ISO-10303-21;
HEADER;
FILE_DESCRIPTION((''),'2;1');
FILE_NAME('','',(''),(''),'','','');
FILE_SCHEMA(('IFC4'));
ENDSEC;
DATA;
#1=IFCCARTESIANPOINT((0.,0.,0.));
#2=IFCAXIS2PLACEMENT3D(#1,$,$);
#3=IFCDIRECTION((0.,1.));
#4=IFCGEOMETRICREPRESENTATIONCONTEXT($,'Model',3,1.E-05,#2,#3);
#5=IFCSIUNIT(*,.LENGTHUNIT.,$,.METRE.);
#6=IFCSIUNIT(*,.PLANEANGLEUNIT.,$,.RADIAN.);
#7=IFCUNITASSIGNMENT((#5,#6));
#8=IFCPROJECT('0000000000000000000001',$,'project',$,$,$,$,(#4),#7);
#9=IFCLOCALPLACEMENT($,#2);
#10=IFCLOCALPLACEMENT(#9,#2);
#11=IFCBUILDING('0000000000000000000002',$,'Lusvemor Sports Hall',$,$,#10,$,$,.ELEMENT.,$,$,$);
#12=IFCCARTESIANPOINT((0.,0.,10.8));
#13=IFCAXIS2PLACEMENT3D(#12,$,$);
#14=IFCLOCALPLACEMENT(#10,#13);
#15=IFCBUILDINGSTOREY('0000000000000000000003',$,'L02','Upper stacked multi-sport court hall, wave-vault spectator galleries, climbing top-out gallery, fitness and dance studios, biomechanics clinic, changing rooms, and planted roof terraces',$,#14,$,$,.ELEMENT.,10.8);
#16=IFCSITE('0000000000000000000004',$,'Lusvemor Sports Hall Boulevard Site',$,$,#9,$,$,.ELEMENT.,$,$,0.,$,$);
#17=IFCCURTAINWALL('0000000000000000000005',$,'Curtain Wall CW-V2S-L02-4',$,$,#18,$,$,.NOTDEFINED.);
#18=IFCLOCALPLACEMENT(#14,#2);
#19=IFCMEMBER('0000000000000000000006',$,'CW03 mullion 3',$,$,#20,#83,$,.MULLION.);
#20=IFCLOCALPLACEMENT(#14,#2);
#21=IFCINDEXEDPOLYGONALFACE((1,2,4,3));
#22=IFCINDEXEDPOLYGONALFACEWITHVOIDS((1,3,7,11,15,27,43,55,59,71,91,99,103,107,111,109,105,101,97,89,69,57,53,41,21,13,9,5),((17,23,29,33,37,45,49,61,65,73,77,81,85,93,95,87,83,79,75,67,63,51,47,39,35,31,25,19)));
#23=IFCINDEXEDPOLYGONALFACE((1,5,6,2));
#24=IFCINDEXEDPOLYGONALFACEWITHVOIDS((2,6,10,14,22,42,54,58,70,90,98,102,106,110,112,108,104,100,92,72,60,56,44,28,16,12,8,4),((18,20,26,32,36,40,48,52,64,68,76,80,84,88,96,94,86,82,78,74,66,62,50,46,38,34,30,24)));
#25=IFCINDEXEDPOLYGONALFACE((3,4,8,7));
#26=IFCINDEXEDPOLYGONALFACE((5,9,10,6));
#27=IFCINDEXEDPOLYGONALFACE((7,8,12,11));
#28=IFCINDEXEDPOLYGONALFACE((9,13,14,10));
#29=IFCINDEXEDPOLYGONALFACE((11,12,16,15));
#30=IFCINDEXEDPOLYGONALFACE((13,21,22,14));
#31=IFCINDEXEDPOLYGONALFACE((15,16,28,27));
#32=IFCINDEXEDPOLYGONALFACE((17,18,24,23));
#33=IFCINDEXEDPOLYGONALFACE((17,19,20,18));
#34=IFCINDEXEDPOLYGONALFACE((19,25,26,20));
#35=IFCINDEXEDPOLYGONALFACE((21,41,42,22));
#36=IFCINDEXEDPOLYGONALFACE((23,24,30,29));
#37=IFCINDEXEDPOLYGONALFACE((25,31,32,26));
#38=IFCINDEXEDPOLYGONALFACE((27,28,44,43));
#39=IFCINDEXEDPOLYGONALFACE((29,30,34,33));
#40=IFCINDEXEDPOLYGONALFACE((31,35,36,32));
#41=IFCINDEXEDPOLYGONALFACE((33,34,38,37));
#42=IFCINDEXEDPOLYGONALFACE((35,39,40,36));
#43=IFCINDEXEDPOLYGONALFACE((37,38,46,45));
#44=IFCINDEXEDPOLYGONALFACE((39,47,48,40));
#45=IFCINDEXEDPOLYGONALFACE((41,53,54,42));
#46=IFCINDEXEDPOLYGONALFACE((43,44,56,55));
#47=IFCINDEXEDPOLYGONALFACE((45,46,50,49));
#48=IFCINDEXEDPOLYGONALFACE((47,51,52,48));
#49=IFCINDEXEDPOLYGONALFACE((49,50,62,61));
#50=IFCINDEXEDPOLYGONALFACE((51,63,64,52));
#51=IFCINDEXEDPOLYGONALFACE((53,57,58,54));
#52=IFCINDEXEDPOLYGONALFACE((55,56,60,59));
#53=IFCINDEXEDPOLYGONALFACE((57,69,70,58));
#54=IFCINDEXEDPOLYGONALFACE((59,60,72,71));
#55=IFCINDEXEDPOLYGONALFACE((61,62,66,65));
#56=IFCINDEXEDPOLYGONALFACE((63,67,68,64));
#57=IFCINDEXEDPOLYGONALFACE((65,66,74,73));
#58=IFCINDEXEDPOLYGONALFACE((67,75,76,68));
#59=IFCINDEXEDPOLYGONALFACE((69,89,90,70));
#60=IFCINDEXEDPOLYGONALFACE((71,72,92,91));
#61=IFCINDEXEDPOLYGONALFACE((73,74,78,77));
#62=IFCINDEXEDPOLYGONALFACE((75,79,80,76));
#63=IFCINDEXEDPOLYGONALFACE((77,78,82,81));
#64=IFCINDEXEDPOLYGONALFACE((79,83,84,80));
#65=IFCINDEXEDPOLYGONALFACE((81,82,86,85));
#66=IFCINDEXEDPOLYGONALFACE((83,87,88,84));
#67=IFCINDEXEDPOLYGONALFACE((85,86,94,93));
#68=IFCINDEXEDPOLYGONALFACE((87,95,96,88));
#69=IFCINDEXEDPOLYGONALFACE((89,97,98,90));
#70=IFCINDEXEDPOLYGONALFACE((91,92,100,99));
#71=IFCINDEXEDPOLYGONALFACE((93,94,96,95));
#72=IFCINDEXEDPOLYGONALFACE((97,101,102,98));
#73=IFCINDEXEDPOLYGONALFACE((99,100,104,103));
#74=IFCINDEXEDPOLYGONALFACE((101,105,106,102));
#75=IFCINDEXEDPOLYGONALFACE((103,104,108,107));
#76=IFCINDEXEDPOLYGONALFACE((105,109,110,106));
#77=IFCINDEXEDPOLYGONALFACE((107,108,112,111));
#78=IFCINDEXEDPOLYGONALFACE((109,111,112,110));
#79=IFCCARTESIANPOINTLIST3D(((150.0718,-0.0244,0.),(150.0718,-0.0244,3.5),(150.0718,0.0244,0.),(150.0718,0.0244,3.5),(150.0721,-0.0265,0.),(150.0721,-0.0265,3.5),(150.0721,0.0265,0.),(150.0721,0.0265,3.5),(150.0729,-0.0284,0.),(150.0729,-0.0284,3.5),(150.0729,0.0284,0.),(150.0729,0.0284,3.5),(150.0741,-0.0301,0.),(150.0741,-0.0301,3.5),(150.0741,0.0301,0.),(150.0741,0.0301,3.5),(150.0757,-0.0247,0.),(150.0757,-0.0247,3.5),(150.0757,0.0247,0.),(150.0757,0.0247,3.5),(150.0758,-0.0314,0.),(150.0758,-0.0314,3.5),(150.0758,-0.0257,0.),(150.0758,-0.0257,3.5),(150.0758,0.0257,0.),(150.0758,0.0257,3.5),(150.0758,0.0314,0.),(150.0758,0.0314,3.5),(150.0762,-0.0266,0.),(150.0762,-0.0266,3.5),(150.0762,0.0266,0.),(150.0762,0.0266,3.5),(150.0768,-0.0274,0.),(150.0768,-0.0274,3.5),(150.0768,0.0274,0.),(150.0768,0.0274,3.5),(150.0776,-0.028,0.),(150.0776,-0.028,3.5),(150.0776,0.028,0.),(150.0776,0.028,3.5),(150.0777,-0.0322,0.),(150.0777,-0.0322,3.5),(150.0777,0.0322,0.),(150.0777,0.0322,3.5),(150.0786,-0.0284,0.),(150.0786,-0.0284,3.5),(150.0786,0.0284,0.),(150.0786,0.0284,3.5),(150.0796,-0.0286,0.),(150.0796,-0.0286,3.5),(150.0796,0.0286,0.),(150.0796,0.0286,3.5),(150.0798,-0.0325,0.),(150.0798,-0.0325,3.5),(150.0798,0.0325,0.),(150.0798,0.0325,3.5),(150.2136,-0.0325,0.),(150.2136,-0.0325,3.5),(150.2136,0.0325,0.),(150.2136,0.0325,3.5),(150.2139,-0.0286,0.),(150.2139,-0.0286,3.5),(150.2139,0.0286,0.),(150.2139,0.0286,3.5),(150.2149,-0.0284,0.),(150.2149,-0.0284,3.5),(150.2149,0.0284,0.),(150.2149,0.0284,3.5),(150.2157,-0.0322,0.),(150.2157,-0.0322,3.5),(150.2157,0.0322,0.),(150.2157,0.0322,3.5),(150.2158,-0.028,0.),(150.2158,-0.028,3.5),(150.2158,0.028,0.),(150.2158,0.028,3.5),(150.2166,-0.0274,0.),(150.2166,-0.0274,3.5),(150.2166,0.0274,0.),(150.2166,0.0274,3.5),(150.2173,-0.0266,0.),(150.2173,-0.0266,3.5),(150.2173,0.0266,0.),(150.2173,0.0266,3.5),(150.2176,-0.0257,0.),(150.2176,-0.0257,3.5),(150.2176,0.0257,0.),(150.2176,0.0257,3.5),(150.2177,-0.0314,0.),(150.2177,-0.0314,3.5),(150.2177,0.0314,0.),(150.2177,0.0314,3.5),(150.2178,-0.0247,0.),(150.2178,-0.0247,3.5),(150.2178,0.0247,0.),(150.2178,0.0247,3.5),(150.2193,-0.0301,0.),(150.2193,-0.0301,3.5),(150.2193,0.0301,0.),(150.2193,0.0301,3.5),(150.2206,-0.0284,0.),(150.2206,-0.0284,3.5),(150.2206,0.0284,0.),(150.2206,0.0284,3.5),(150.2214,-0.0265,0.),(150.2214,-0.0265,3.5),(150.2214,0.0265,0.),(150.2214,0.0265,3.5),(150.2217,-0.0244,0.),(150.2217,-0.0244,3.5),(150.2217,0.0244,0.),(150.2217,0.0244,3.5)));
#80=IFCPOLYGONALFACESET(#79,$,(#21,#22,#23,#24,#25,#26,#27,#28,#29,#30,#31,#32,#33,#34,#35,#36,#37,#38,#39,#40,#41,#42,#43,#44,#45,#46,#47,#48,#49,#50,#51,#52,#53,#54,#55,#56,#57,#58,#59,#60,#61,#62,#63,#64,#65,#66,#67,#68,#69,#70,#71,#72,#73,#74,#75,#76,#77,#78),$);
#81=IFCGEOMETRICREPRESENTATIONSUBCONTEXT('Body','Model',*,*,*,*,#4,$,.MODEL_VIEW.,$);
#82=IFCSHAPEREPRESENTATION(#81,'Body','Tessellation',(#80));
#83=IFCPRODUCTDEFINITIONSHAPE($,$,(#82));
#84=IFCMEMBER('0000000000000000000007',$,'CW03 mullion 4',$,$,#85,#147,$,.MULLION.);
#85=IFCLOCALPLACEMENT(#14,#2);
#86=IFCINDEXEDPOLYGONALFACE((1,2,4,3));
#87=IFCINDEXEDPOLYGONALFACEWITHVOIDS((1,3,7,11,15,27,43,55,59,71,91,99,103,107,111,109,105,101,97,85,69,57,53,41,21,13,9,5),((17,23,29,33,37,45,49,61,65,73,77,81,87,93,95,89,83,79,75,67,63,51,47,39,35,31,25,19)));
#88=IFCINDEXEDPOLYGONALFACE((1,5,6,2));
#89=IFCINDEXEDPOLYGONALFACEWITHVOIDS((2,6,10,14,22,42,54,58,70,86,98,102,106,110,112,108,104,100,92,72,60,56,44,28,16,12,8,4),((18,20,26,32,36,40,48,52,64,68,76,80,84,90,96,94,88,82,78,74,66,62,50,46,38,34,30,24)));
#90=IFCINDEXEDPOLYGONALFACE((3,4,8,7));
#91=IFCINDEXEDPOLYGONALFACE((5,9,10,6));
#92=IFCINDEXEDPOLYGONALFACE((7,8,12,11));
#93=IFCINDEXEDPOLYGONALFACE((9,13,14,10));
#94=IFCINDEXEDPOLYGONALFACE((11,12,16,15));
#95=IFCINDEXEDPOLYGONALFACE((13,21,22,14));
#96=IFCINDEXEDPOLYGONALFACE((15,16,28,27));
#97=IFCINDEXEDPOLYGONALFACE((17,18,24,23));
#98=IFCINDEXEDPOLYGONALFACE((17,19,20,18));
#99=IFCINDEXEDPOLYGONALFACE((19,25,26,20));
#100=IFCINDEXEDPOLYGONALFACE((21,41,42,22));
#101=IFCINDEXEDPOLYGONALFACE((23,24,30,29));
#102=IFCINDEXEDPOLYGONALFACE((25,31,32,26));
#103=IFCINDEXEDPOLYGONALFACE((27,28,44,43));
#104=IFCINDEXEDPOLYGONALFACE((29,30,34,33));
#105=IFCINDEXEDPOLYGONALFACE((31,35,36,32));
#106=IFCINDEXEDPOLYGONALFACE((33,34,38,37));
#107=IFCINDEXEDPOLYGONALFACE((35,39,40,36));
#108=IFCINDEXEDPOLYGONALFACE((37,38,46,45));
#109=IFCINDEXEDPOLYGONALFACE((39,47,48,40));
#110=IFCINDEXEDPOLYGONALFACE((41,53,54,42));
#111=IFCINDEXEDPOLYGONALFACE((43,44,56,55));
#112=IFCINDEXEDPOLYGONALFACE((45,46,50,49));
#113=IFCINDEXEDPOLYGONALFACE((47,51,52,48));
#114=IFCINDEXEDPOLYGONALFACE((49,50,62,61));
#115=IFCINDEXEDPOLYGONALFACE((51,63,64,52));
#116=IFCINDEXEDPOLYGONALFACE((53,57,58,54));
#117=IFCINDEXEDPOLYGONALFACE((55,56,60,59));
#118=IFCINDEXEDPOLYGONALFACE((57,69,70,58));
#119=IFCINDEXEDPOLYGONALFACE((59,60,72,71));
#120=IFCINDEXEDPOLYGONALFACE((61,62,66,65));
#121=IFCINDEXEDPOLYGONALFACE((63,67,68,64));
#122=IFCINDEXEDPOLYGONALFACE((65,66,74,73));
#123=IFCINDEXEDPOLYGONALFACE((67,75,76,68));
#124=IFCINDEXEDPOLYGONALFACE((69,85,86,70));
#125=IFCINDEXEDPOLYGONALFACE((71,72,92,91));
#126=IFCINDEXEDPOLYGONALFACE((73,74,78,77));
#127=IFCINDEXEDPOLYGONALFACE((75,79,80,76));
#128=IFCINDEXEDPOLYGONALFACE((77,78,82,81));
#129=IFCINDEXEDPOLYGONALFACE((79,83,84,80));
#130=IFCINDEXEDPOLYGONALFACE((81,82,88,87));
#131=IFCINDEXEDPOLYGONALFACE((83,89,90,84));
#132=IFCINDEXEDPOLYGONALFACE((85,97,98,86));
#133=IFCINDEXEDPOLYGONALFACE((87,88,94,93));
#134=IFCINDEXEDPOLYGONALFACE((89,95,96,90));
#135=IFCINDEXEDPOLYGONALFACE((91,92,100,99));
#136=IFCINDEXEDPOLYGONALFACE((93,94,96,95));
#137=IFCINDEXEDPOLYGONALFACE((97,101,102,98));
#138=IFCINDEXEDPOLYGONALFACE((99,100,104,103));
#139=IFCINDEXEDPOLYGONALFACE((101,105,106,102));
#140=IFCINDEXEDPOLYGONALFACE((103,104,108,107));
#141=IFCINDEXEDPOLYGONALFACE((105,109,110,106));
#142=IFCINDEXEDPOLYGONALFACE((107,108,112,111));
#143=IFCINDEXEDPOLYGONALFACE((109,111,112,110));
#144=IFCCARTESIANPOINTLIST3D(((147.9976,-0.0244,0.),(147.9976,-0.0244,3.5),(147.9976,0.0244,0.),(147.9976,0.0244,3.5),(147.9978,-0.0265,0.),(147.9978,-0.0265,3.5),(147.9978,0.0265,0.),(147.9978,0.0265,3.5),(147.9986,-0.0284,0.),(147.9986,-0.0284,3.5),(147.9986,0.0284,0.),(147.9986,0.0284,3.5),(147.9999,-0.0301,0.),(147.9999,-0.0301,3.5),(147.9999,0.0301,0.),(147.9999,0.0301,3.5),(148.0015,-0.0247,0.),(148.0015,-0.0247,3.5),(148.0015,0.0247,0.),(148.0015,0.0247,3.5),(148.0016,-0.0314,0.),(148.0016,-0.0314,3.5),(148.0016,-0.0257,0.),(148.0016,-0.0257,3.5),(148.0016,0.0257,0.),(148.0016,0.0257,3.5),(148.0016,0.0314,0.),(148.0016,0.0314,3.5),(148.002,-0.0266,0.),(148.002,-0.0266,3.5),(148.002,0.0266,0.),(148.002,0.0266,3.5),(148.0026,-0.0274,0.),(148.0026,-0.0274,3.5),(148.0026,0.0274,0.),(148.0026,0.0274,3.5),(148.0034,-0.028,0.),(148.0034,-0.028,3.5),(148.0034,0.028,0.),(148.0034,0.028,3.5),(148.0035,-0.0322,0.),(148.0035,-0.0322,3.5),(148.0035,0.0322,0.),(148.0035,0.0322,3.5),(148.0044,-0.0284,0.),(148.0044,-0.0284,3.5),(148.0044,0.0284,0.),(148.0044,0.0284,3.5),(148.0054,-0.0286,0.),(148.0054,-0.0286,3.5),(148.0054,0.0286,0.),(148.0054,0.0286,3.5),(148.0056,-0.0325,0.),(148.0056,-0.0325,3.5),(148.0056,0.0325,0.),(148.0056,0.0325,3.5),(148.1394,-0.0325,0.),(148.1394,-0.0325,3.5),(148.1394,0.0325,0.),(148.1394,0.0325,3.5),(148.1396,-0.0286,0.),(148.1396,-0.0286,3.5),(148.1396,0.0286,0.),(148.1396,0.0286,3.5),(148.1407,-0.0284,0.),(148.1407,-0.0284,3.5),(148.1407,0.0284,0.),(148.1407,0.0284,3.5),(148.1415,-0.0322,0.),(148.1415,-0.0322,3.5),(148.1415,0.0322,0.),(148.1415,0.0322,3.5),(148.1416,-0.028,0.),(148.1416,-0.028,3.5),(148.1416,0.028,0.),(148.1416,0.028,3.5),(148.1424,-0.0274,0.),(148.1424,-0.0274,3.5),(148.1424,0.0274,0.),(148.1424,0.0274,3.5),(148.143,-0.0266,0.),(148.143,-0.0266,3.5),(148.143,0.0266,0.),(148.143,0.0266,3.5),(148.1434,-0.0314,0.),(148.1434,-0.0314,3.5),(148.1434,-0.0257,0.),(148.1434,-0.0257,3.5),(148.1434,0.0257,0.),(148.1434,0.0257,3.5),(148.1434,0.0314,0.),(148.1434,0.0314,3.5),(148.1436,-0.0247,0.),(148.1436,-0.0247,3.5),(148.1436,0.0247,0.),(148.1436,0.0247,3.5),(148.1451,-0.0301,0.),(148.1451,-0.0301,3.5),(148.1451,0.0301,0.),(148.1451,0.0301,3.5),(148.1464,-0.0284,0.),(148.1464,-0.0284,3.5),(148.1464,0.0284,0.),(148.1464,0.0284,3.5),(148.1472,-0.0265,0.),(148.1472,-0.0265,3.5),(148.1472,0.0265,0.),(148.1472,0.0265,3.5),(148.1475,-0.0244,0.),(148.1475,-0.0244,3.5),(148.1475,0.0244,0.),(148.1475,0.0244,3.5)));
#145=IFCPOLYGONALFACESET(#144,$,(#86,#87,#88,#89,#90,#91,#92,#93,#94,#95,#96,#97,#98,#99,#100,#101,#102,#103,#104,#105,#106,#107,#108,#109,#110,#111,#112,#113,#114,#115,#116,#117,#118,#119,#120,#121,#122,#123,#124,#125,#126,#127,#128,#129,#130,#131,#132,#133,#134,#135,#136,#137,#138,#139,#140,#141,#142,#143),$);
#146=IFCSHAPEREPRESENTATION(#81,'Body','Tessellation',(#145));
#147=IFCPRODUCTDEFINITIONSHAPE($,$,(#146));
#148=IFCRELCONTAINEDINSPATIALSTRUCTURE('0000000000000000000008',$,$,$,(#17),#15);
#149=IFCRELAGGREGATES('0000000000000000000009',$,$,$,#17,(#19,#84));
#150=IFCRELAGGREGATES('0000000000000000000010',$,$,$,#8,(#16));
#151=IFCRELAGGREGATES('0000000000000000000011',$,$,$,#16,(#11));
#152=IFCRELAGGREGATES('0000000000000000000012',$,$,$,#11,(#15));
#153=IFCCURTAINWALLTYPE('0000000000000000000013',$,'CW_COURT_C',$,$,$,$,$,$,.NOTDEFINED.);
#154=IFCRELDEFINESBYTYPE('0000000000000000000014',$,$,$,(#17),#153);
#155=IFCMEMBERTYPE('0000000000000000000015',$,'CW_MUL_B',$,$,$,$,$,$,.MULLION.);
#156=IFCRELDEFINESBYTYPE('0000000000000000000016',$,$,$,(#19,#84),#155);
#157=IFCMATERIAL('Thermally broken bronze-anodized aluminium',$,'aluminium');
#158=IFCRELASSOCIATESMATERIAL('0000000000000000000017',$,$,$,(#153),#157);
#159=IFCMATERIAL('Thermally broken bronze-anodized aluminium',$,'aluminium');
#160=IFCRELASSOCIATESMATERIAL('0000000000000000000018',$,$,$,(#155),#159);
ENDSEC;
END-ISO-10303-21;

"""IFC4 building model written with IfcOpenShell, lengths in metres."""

from ifc_helpers import new_model, si_unit, direction, frame, origin, origin_2d, place, context, subcontext, project, spatial, hollow_rectangle, extrude, material, material_profile, profile_set, type_object, element, aggregate, save


model = new_model("IFC4")

# Units and contexts
model_context = context("Model", 3, precision=1e-05, world=origin(), true_north=direction((0.0, 1.0)))
body_context = subcontext(model_context, "Body", "Model", "MODEL_VIEW")
ifc_project = project(units=[si_unit("LENGTHUNIT", "METRE"), si_unit("PLANEANGLEUNIT", "RADIAN")], contexts=[model_context])

# Site, building, storey
site_placement = place(None, origin())
site = spatial("IfcSite", under=ifc_project, at=site_placement, Name="Lusvemor Sports Hall Boulevard Site", CompositionType="ELEMENT", RefElevation=0.0)
building_placement = place(site_placement, origin())
building = spatial("IfcBuilding", under=site, at=building_placement, Name="Lusvemor Sports Hall", CompositionType="ELEMENT")
storey_placement = place(building_placement, frame((0.0, 0.0, 10.8)))
storey = spatial("IfcBuildingStorey", under=building, at=storey_placement, Name="L02", Description="Upper stacked multi-sport court hall, wave-vault spectator galleries, climbing top-out gallery, fitness and dance studios, biomechanics clinic, changing rooms, and planted roof terraces", CompositionType="ELEMENT", Elevation=10.8)

# Shared definitions
ifc_material_1 = material(Name="Thermally broken bronze-anodized aluminium", Category="aluminium")
curtain_wall_type = type_object("IfcCurtainWallType", Name="CW_COURT_C", PredefinedType="NOTDEFINED", material=ifc_material_1)
ifc_material_2 = material(Name="Thermally broken bronze-anodized aluminium", Category="aluminium")
ifc_material_profile_1 = material_profile(ifc_material_2, hollow_rectangle(XDim=0.0649, YDim=0.1499, WallThickness=0.0039, InnerFilletRadius=0.0039, OuterFilletRadius=0.0081, at=origin_2d()), Name="CWMUL150x65x4")
ifc_profile_set_1 = profile_set([ifc_material_profile_1], Name="Thermally broken bronze-anodized aluminium")
member_type_1 = type_object("IfcMemberType", Name="CW_MUL_B", PredefinedType="MULLION", material=ifc_profile_set_1)

# Curtain wall, members
curtain_wall_1_placement = place(storey_placement, origin())
curtain_wall_1 = element("IfcCurtainWall", 1, at=curtain_wall_1_placement, inside=storey, type_object=curtain_wall_type, Name="Curtain Wall CW-V2S-L02-4", PredefinedType="NOTDEFINED")
member_1_placement = place(storey_placement, frame((150.1467, 0.0, 0.0), z_axis=(0.0, 0.0, 1.0), x_axis=(0.0, -1.0, 0.0)))
member_1 = element("IfcMember", 2, at=member_1_placement, type_object=member_type_1, Name="CW03 mullion 3", PredefinedType="MULLION", context=body_context, shape_type="SweptSolid", body=[
    extrude(hollow_rectangle(XDim=0.0649, YDim=0.1499, WallThickness=0.0039, InnerFilletRadius=0.0039, OuterFilletRadius=0.0081, at=origin_2d()), origin(), (0.0, 0.0, 1.0), 3.5),
])
member_2_placement = place(storey_placement, frame((148.0725, 0.0, 0.0), z_axis=(0.0, 0.0, 1.0), x_axis=(0.0, -1.0, 0.0)))
member_2 = element("IfcMember", 3, at=member_2_placement, type_object=member_type_1, Name="CW03 mullion 4", PredefinedType="MULLION", context=body_context, shape_type="SweptSolid", body=[
    extrude(hollow_rectangle(XDim=0.0649, YDim=0.1499, WallThickness=0.0039, InnerFilletRadius=0.0039, OuterFilletRadius=0.0081, at=origin_2d()), origin(), (0.0, 0.0, 1.0), 3.5),
])

aggregate(curtain_wall_1, [member_1, member_2])

save(model, "model.ifc")
